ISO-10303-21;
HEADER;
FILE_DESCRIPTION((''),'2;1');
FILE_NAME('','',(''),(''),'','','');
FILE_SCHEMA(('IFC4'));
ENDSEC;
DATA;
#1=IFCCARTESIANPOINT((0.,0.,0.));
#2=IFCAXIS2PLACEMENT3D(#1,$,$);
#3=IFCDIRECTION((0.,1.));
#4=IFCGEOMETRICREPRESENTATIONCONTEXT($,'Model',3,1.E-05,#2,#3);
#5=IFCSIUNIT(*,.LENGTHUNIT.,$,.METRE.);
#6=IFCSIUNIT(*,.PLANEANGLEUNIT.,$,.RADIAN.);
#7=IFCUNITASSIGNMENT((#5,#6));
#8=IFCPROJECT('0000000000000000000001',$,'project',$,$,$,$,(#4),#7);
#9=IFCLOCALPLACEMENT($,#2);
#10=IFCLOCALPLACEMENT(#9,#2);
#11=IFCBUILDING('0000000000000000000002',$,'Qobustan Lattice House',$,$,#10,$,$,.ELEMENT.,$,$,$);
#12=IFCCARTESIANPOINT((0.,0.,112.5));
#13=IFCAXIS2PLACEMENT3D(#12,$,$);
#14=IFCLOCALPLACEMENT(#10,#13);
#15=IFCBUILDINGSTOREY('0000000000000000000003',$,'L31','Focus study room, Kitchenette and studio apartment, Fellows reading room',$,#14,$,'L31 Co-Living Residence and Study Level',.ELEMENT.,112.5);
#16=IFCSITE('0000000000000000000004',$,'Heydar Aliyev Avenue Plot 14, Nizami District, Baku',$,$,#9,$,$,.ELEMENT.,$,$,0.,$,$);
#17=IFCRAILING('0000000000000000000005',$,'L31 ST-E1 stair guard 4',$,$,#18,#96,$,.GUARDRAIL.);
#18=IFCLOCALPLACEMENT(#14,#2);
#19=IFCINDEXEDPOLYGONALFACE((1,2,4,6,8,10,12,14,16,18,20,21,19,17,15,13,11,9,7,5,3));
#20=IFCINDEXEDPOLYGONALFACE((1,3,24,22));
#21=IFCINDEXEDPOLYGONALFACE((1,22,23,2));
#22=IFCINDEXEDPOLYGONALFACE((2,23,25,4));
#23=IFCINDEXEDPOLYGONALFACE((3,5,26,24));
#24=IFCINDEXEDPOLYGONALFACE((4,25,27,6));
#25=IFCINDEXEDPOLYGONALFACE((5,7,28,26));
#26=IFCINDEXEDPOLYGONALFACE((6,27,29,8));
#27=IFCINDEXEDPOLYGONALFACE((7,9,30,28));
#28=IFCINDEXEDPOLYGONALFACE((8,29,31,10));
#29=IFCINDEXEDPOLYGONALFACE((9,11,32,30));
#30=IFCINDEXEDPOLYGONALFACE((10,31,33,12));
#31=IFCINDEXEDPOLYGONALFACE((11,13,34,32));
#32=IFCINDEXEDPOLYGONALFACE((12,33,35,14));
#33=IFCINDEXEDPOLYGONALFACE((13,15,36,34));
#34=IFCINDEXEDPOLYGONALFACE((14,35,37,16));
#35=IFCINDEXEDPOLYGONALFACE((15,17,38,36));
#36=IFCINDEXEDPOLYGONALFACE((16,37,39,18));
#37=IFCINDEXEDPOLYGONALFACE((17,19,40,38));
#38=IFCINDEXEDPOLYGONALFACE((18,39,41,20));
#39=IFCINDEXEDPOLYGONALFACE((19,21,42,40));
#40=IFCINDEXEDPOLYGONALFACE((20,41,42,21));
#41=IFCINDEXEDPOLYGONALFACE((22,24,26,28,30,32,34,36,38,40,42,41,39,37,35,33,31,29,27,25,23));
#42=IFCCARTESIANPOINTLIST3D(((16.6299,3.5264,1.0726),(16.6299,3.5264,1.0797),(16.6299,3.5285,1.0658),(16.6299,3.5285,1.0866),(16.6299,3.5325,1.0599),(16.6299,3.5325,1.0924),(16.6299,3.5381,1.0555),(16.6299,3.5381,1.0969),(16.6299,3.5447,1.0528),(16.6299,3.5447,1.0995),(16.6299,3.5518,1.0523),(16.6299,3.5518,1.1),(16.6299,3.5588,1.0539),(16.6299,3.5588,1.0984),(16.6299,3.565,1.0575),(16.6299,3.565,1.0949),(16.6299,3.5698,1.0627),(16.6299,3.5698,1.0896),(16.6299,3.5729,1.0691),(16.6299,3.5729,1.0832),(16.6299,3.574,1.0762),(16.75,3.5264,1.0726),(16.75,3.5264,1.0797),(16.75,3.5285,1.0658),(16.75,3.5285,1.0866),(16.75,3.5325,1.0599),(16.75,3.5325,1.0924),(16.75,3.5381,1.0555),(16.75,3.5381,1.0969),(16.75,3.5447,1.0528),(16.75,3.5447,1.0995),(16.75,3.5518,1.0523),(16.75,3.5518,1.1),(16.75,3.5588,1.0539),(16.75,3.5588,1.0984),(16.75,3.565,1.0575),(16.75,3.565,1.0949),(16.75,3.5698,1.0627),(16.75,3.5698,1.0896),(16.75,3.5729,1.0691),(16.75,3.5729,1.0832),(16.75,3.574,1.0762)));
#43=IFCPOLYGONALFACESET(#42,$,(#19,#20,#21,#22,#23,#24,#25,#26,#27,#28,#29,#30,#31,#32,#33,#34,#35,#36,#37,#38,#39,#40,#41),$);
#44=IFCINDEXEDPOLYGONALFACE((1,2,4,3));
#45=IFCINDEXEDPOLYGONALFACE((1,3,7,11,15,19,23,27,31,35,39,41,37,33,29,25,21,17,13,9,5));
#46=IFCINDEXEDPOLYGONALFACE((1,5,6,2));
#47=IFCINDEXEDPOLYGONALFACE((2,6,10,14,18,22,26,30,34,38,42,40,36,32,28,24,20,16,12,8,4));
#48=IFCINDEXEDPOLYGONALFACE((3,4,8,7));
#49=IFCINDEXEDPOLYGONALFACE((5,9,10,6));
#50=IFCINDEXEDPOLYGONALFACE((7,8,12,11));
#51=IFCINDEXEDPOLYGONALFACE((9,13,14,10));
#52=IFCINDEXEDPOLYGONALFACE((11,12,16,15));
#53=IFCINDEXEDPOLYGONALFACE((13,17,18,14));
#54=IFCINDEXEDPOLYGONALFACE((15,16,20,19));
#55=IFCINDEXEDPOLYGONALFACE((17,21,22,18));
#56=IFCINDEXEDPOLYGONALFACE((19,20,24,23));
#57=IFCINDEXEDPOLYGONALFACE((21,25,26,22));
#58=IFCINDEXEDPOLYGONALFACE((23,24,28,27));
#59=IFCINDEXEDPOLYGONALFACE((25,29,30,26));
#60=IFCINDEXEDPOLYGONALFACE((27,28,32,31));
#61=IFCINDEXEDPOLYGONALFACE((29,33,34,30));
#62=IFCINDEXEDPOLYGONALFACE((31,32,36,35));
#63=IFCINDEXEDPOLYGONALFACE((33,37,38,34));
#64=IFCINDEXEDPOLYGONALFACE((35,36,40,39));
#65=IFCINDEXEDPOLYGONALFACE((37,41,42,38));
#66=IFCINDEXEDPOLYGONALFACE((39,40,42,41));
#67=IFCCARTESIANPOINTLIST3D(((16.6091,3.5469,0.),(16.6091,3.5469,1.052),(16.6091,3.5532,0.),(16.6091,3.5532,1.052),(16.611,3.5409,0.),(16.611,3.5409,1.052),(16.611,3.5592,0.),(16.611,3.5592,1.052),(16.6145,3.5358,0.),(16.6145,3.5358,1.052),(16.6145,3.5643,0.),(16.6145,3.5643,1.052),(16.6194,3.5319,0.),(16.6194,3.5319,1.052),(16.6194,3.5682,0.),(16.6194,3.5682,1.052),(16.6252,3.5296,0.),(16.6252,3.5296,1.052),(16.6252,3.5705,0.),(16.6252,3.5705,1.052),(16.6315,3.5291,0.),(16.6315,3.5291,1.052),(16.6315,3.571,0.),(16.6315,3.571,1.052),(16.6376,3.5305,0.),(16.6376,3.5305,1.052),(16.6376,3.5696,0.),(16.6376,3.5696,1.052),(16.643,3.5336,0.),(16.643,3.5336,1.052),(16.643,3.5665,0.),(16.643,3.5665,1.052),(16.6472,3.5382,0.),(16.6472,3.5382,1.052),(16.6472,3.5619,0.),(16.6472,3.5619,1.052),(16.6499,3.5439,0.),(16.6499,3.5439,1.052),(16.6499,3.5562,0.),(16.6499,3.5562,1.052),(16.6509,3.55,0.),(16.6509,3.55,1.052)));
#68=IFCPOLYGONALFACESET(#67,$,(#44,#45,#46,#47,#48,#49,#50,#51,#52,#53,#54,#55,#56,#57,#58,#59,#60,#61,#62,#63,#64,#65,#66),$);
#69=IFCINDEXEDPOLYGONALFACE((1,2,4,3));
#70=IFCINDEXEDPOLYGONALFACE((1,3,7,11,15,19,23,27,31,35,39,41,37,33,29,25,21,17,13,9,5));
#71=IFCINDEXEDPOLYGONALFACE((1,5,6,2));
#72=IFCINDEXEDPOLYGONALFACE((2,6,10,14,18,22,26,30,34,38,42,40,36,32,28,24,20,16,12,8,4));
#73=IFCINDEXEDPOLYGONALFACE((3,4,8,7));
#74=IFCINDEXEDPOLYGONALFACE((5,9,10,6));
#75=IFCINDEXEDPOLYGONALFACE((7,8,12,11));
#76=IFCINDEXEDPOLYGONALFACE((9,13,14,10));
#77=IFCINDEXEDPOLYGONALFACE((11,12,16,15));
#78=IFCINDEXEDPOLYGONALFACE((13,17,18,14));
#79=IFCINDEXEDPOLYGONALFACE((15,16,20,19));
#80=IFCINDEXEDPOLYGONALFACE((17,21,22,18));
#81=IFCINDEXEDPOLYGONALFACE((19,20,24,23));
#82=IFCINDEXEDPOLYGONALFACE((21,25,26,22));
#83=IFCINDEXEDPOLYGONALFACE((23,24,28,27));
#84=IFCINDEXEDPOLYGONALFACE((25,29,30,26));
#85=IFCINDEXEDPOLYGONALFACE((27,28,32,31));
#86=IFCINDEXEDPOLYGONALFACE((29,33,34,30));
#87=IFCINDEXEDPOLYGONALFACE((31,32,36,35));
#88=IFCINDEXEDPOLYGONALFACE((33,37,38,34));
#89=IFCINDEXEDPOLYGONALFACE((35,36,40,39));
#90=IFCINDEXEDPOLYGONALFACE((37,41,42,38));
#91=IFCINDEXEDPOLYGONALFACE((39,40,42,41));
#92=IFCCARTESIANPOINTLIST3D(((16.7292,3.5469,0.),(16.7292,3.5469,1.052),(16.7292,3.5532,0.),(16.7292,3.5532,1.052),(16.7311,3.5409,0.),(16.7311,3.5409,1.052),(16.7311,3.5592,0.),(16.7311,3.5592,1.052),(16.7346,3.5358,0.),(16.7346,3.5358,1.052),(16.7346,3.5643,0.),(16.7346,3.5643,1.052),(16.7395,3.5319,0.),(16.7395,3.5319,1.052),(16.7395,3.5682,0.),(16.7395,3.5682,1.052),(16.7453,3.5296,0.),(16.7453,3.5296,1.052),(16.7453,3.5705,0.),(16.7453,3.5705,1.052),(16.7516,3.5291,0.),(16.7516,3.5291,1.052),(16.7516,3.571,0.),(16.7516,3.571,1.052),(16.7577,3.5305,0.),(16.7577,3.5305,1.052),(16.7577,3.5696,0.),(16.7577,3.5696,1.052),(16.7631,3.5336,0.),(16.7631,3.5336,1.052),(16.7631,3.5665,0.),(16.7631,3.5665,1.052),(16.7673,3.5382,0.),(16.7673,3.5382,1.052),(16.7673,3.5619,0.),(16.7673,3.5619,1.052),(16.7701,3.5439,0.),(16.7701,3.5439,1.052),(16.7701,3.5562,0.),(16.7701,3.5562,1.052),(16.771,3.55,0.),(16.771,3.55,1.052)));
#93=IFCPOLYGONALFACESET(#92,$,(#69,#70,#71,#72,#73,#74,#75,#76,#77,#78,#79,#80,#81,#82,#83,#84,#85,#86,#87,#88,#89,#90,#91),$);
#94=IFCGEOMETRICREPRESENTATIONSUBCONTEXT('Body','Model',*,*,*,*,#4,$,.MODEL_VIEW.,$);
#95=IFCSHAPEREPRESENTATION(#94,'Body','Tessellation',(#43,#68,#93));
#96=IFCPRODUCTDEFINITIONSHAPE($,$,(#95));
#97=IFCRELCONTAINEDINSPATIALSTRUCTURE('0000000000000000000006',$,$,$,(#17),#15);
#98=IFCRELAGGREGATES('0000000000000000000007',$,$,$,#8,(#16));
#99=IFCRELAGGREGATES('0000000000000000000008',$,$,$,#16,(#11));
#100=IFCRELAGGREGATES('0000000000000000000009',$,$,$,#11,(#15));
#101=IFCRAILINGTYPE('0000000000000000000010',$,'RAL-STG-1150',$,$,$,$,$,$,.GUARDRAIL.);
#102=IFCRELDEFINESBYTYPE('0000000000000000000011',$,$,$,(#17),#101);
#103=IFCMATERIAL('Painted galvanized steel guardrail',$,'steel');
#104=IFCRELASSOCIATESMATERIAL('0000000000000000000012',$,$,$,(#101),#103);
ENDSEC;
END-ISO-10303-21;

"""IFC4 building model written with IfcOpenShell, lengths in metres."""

from ifc_helpers import new_model, si_unit, direction, frame, origin, origin_2d, place, context, subcontext, project, spatial, circle, extrude, material, type_object, element, save


model = new_model("IFC4")

# Units and contexts
model_context = context("Model", 3, precision=1e-05, world=origin(), true_north=direction((0.0, 1.0)))
body_context = subcontext(model_context, "Body", "Model", "MODEL_VIEW")
ifc_project = project(units=[si_unit("LENGTHUNIT", "METRE"), si_unit("PLANEANGLEUNIT", "RADIAN")], contexts=[model_context])

# Site, building, storey
site_placement = place(None, origin())
site = spatial("IfcSite", under=ifc_project, at=site_placement, Name="Heydar Aliyev Avenue Plot 14, Nizami District, Baku", CompositionType="ELEMENT", RefElevation=0.0)
building_placement = place(site_placement, origin())
building = spatial("IfcBuilding", under=site, at=building_placement, Name="Qobustan Lattice House", CompositionType="ELEMENT")
storey_placement = place(building_placement, frame((0.0, 0.0, 112.5)))
storey = spatial("IfcBuildingStorey", under=building, at=storey_placement, Name="L31", Description="Focus study room, Kitchenette and studio apartment, Fellows reading room", LongName="L31 Co-Living Residence and Study Level", CompositionType="ELEMENT", Elevation=112.5)

# Railing
ifc_material_1 = material(Name="Painted galvanized steel guardrail", Category="steel")
railing_type_1 = type_object("IfcRailingType", Name="RAL-STG-1150", PredefinedType="GUARDRAIL", material=ifc_material_1)
railing_1_placement = place(storey_placement, frame((16.6299, 3.55, 0.0)))
element("IfcRailing", 1, at=railing_1_placement, inside=storey, type_object=railing_type_1, Name="L31 ST-E1 stair guard 4", PredefinedType="GUARDRAIL", context=body_context, shape_type="SweptSolid", body=[
    extrude(circle(Radius=0.0239, at=origin_2d()), frame((0.0, 0.0, 1.0762), z_axis=(1.0, 0.0, 0.0), x_axis=(0.0, 1.0, 0.0)), (0.0, 0.0, 1.0), 0.1201),
    extrude(circle(Radius=0.021, at=origin_2d()), origin(), (0.0, 0.0, 1.0), 1.052),
    extrude(circle(Radius=0.021, at=origin_2d()), frame((0.1201, 0.0, 0.0)), (0.0, 0.0, 1.0), 1.052),
])

save(model, "model.ifc")
